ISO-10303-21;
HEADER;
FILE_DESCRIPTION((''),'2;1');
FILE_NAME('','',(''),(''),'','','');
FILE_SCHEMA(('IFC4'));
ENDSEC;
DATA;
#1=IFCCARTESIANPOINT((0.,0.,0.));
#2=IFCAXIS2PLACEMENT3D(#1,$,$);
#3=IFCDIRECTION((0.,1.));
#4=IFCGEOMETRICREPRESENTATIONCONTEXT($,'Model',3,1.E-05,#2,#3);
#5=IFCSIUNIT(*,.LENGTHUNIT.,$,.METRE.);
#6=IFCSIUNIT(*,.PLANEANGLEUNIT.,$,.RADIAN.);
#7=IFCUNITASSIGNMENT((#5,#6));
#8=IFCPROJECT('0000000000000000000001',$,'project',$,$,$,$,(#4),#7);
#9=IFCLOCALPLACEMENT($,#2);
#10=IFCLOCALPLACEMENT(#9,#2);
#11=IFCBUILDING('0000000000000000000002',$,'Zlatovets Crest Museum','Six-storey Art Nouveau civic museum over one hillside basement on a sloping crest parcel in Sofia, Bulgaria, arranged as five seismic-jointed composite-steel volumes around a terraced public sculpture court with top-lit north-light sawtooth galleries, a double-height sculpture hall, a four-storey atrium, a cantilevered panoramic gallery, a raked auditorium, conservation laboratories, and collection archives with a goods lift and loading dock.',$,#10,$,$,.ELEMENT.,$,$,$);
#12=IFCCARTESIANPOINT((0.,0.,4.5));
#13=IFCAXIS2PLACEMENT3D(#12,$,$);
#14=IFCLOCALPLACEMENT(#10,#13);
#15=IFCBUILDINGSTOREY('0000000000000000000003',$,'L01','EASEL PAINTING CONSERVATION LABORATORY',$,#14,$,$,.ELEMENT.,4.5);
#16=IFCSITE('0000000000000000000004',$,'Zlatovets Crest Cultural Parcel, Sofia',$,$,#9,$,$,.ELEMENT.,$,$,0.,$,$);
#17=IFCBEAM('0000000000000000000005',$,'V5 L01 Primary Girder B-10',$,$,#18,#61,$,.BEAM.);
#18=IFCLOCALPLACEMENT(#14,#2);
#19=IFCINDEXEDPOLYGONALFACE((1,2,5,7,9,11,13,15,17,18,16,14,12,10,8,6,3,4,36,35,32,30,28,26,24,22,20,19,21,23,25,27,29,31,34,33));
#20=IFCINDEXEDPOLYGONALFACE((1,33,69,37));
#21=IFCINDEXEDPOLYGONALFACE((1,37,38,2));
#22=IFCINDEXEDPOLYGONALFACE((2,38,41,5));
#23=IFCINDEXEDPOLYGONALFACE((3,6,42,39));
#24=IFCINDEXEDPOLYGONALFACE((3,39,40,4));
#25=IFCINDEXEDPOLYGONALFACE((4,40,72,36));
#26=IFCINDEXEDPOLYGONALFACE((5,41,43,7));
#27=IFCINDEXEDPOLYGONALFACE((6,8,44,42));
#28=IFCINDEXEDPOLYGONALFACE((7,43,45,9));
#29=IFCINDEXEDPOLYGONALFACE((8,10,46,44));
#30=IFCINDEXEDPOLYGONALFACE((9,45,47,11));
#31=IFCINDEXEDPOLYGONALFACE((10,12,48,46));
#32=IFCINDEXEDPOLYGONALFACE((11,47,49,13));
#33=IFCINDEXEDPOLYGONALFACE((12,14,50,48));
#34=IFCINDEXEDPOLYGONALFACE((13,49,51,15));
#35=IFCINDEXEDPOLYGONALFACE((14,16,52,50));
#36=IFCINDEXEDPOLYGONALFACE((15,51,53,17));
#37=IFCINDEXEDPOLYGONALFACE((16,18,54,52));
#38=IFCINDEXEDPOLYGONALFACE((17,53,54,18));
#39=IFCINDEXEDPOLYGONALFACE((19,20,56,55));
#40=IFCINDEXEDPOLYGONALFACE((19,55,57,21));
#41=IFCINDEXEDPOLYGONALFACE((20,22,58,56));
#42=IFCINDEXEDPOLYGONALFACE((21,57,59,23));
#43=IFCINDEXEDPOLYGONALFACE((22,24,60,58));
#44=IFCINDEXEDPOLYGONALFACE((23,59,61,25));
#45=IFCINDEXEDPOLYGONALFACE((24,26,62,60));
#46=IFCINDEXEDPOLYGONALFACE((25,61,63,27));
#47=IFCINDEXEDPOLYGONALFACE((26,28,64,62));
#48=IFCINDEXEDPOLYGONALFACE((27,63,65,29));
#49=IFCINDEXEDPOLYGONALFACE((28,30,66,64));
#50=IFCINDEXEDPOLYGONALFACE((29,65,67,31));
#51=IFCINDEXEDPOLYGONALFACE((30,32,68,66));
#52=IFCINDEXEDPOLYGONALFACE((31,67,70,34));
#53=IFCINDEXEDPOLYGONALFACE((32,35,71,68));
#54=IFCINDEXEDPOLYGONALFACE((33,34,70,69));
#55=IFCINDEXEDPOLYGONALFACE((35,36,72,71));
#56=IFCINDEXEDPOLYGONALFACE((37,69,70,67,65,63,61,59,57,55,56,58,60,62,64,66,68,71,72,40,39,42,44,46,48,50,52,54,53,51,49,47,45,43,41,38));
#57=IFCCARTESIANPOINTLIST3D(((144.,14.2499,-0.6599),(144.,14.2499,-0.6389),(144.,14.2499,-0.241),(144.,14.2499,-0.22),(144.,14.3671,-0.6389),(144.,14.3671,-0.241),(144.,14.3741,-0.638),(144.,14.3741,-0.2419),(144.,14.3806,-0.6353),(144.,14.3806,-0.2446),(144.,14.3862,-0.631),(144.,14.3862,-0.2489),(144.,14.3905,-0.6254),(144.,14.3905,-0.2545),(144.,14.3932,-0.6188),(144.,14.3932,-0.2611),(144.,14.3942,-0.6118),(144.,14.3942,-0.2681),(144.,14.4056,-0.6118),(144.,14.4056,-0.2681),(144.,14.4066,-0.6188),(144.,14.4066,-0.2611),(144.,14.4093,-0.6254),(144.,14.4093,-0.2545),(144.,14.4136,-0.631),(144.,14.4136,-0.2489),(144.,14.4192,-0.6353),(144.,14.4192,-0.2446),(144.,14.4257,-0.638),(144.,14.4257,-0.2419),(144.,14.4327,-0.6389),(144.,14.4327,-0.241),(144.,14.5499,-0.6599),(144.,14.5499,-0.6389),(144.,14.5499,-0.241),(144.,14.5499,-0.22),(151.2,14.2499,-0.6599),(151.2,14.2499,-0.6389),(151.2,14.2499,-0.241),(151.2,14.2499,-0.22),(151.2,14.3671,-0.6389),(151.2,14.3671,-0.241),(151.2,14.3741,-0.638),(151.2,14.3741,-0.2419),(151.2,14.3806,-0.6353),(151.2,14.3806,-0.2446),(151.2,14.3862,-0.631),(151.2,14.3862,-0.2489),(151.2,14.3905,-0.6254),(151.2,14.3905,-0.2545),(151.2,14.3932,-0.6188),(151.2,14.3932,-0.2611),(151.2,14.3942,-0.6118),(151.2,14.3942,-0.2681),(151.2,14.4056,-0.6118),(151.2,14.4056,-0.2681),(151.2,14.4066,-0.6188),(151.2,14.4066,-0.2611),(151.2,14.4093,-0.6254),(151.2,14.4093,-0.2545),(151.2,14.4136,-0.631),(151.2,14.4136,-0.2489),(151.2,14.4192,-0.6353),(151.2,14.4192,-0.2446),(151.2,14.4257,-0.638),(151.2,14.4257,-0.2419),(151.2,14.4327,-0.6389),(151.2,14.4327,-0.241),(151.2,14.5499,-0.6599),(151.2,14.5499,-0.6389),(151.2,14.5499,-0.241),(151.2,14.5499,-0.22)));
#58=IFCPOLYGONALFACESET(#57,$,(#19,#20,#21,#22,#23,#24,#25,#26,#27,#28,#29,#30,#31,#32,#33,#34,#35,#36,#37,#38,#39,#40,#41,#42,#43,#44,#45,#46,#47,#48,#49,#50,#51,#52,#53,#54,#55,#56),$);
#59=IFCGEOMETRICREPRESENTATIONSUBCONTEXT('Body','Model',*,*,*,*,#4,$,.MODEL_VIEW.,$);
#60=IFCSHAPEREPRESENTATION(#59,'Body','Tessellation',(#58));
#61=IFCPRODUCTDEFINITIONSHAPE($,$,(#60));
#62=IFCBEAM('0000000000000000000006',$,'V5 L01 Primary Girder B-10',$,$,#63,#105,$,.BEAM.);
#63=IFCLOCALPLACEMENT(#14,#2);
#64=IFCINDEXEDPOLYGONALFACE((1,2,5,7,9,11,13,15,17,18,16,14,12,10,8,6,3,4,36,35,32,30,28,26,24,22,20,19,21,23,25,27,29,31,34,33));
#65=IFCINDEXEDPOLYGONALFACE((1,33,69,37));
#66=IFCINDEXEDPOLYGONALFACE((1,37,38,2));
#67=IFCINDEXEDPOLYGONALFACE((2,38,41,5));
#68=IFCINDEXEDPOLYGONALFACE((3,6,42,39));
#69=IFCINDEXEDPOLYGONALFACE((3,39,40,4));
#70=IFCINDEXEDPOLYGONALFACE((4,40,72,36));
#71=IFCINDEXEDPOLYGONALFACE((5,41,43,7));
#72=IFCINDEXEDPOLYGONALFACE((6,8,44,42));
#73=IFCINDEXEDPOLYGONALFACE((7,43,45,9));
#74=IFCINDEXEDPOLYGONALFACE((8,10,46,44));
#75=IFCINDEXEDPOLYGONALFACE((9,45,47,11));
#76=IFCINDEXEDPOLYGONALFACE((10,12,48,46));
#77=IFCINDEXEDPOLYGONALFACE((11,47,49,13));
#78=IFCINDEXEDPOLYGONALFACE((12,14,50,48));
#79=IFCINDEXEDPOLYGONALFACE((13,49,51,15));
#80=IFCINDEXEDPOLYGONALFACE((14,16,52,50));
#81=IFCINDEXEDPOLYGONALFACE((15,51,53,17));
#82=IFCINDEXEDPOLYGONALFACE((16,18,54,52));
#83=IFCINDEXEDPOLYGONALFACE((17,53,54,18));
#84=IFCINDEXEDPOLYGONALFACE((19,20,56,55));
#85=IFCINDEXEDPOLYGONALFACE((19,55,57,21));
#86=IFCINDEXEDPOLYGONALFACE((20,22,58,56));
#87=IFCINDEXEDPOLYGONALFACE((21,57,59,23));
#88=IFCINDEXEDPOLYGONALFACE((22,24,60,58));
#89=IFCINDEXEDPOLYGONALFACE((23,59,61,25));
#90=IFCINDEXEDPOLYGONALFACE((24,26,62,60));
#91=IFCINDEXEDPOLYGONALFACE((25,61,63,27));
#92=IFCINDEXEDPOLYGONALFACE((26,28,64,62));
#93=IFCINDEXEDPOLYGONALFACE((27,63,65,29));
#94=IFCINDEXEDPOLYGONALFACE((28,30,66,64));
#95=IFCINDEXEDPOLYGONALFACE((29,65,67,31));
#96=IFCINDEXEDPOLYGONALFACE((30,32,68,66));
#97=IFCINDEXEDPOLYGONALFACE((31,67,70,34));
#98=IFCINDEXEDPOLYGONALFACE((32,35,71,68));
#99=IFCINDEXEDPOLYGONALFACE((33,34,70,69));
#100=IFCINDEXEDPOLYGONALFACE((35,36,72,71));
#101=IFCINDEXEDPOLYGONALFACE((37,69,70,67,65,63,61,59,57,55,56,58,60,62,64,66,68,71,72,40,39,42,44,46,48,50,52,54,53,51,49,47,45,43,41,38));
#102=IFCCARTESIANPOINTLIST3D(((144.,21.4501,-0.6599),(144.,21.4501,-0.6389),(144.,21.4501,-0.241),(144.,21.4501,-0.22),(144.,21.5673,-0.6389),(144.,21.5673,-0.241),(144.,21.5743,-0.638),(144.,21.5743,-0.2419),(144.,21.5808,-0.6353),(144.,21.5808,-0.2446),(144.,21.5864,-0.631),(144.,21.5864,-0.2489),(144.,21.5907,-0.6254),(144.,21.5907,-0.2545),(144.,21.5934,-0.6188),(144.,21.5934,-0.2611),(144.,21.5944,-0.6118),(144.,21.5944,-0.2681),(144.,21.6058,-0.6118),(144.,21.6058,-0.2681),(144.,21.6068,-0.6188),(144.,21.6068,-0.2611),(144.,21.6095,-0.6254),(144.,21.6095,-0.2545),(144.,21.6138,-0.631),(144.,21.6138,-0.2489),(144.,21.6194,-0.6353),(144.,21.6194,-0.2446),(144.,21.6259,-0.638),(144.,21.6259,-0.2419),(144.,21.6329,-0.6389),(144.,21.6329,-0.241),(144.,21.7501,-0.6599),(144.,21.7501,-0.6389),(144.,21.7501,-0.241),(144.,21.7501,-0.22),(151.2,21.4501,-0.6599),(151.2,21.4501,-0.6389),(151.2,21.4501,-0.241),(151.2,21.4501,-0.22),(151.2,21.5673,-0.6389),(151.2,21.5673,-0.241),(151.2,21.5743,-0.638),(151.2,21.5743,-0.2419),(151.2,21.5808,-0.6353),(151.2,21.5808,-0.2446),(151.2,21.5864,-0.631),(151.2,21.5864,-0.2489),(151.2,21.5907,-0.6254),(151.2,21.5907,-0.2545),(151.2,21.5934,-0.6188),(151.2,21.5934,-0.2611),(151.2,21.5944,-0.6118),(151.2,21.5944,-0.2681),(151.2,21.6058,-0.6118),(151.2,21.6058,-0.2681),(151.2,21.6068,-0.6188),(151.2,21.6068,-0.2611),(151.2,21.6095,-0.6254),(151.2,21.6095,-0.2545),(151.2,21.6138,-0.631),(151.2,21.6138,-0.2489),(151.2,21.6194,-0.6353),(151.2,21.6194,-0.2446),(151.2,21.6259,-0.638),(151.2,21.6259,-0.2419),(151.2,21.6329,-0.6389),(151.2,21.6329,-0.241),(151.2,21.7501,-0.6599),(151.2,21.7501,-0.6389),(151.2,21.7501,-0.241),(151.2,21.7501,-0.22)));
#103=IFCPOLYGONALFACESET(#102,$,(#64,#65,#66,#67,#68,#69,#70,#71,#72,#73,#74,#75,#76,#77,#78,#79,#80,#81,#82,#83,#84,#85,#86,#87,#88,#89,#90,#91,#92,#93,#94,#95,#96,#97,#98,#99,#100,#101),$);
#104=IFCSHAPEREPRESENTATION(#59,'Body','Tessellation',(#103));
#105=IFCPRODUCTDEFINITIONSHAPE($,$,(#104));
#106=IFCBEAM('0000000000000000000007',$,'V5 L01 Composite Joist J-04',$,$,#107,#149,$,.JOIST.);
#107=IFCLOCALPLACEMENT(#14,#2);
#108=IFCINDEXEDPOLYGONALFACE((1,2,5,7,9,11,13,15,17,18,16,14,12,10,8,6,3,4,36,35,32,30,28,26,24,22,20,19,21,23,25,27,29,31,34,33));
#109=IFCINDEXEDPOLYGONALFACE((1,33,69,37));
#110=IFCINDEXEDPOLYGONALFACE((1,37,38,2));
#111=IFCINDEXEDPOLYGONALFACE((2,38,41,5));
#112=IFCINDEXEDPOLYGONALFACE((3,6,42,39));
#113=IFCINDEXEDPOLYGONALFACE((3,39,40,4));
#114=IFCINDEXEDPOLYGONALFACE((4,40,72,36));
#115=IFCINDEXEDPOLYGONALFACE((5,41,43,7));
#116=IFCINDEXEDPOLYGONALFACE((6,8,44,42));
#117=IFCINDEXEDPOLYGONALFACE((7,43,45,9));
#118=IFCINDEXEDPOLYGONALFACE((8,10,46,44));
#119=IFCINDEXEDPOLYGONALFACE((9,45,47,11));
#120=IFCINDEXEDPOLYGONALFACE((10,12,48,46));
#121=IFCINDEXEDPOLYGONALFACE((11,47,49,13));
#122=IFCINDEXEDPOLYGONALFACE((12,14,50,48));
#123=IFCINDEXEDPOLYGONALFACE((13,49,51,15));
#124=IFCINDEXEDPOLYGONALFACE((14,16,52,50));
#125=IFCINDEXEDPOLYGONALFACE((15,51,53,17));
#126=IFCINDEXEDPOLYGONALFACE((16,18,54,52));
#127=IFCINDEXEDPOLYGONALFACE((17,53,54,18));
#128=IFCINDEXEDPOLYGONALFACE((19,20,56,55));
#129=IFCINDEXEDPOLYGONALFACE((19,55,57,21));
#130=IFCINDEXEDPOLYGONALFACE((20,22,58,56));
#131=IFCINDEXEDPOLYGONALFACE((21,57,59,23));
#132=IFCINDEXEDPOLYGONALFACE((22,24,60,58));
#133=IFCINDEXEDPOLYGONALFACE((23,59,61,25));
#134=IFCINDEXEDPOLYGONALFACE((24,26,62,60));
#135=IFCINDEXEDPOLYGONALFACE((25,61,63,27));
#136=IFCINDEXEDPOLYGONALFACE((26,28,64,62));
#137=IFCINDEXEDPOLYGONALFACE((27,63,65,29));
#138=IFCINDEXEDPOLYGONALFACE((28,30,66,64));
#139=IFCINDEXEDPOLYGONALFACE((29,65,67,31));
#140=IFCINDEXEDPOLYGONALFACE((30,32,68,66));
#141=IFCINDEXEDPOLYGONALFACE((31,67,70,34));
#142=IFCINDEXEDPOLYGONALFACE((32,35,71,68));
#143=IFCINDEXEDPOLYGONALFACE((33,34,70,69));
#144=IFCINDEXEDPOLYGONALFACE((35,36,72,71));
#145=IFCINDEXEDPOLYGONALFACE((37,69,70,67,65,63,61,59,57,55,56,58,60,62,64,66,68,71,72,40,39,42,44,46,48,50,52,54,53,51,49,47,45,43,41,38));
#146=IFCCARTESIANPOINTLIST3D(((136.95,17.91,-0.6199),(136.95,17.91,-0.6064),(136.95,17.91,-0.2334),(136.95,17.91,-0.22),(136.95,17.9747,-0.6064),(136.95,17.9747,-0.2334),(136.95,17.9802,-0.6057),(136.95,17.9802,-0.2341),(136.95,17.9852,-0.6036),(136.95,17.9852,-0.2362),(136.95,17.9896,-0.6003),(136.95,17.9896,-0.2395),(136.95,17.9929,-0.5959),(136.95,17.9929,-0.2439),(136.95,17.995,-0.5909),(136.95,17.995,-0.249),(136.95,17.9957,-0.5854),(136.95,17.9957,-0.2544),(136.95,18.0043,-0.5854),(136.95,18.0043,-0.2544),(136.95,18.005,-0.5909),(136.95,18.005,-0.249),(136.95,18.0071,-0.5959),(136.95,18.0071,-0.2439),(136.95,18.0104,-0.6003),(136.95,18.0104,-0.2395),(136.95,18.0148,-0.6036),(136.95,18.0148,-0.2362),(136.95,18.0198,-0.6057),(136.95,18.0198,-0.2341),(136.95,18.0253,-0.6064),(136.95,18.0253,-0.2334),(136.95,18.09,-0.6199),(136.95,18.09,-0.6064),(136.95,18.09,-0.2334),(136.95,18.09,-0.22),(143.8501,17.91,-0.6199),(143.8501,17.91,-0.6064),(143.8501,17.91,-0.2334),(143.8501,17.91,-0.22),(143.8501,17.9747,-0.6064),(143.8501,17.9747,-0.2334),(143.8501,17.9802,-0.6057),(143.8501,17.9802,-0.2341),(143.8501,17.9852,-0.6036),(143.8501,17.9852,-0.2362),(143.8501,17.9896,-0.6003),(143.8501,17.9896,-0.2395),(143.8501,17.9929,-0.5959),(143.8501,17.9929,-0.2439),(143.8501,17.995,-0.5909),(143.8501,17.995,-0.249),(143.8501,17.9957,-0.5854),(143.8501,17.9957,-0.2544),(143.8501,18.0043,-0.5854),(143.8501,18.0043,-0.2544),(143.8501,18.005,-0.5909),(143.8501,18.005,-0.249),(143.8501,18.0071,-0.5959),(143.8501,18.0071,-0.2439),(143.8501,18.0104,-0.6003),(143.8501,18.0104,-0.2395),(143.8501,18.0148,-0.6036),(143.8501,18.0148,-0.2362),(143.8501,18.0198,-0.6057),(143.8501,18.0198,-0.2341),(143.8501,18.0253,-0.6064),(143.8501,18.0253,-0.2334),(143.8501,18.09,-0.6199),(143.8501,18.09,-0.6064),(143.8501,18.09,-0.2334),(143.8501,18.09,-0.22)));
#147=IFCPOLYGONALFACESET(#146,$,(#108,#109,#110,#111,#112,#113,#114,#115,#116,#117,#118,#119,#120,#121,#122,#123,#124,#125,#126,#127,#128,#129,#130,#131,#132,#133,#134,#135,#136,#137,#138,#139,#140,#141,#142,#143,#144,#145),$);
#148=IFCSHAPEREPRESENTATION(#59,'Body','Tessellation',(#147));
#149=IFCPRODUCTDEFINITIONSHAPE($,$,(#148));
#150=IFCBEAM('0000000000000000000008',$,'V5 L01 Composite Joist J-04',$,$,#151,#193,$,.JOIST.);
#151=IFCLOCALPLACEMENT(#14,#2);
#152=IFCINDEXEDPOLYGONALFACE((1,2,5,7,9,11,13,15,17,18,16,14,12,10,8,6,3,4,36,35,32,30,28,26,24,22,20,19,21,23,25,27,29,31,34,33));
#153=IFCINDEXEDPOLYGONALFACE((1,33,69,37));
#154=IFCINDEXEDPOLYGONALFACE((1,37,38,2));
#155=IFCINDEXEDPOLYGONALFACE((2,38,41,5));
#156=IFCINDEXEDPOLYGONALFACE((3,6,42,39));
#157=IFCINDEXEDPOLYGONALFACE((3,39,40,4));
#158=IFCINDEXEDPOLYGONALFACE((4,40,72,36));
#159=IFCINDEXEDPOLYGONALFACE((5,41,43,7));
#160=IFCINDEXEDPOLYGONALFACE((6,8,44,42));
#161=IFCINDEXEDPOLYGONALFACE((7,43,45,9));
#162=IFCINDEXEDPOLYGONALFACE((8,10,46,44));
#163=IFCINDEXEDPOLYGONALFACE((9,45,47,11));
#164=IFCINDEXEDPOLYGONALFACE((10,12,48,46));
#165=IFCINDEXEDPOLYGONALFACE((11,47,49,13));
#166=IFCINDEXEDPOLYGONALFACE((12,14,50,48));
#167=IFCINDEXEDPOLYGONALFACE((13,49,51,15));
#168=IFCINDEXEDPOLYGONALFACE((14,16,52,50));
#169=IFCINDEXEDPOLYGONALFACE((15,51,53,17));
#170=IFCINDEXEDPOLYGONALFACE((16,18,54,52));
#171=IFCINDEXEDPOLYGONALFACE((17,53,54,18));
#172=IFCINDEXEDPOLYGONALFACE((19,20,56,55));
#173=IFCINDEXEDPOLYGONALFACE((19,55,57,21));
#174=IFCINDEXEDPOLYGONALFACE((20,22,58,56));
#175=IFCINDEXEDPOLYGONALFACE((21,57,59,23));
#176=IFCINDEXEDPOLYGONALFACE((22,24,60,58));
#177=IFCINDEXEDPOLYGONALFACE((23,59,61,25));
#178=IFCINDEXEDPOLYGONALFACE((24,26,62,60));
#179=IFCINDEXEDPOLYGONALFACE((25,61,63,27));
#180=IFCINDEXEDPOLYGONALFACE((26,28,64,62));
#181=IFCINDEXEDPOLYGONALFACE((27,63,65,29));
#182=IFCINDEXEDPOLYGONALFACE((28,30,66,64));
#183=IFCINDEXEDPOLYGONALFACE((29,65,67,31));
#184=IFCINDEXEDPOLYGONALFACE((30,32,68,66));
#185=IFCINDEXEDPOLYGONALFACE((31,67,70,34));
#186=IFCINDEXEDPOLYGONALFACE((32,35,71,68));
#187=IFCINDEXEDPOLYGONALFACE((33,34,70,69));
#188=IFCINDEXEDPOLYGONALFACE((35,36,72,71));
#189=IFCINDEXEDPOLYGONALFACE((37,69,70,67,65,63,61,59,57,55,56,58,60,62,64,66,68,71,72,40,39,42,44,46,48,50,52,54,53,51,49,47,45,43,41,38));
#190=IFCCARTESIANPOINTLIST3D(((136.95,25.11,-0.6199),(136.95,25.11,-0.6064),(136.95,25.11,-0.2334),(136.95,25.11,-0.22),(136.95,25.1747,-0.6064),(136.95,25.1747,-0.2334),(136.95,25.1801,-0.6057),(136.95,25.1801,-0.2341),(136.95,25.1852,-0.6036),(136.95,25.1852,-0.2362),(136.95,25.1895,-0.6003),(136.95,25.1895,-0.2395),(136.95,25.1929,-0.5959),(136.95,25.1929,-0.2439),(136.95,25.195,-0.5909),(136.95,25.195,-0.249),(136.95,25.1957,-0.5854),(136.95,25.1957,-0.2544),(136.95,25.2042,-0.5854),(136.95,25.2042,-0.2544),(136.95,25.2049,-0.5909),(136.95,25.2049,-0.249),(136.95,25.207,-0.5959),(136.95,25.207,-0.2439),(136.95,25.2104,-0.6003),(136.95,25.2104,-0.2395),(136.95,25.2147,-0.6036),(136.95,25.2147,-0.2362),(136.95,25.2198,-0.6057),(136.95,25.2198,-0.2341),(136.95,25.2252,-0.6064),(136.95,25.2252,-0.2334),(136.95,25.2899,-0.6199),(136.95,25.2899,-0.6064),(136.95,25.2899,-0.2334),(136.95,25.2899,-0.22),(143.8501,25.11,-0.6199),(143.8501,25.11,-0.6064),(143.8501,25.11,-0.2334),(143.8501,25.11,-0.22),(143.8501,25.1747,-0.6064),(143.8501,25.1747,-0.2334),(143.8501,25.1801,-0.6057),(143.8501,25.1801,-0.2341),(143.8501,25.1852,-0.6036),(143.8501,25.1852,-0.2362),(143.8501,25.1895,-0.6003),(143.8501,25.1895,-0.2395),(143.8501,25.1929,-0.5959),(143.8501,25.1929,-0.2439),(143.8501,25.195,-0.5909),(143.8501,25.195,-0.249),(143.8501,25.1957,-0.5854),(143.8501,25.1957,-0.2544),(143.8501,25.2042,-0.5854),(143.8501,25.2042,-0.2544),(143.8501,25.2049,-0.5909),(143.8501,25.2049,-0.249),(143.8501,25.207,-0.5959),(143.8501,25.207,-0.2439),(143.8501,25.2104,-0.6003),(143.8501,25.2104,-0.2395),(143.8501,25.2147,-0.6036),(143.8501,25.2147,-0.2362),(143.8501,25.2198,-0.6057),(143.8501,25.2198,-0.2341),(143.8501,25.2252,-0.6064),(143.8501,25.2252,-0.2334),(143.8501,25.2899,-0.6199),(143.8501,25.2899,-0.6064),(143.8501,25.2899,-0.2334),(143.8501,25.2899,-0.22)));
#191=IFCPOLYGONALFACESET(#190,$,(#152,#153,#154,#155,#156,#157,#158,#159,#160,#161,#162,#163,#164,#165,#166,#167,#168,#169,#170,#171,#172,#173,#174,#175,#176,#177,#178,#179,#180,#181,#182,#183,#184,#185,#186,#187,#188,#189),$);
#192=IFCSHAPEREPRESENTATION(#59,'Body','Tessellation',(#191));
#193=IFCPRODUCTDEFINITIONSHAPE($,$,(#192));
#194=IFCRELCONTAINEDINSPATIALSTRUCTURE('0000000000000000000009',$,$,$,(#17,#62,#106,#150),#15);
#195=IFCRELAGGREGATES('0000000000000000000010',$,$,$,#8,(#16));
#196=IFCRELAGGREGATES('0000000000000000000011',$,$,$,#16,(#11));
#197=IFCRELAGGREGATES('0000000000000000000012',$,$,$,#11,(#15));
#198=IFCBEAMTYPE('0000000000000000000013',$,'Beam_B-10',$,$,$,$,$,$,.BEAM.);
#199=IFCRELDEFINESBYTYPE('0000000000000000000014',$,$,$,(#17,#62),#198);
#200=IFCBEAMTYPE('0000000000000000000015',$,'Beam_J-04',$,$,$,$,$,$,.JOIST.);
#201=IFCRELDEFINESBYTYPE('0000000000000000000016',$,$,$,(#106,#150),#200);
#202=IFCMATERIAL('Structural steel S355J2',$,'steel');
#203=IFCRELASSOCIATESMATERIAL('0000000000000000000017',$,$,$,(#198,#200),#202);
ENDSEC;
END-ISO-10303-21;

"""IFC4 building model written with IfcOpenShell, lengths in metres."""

from ifc_helpers import new_model, si_unit, direction, frame, origin, origin_2d, place, context, subcontext, project, spatial, i_section, extrude, material, material_profile, profile_set, type_object, element, save


model = new_model("IFC4")

# Units and contexts
model_context = context("Model", 3, precision=1e-05, world=origin(), true_north=direction((0.0, 1.0)))
body_context = subcontext(model_context, "Body", "Model", "MODEL_VIEW")
ifc_project = project(units=[si_unit("LENGTHUNIT", "METRE"), si_unit("PLANEANGLEUNIT", "RADIAN")], contexts=[model_context])

# Site, building, storey
site_placement = place(None, origin())
site = spatial("IfcSite", under=ifc_project, at=site_placement, Name="Zlatovets Crest Cultural Parcel, Sofia", CompositionType="ELEMENT", RefElevation=0.0)
building_placement = place(site_placement, origin())
building = spatial("IfcBuilding", under=site, at=building_placement, Name="Zlatovets Crest Museum", Description="Six-storey Art Nouveau civic museum over one hillside basement on a sloping crest parcel in Sofia, Bulgaria, arranged as five seismic-jointed composite-steel volumes around a terraced public sculpture court with top-lit north-light sawtooth galleries, a double-height sculpture hall, a four-storey atrium, a cantilevered panoramic gallery, a raked auditorium, conservation laboratories, and collection archives with a goods lift and loading dock.", CompositionType="ELEMENT")
storey_placement = place(building_placement, frame((0.0, 0.0, 4.5)))
storey = spatial("IfcBuildingStorey", under=building, at=storey_placement, Name="L01", Description="EASEL PAINTING CONSERVATION LABORATORY", CompositionType="ELEMENT", Elevation=4.5)

# Shared definitions
ifc_material_1 = material(Name="Structural steel S355J2", Category="steel")

# Beams
ifc_material_profile_1 = material_profile(ifc_material_1, i_section(OverallWidth=0.3, OverallDepth=0.4399, WebThickness=0.0115, FlangeThickness=0.021, FilletRadius=0.0271, at=origin_2d()), Name="HEA 450")
ifc_profile_set_1 = profile_set([ifc_material_profile_1], Name="Structural steel S355J2")
beam_type_1 = type_object("IfcBeamType", Name="Beam_B-10", PredefinedType="BEAM", material=ifc_profile_set_1)
for number, where, z_axis, x_axis, name in (
    (1, (144.0, 14.3999, -0.4399), (1.0, 0.0, 0.0), (0.0, 1.0, 0.0), "V5 L01 Primary Girder B-10"),
    (2, (144.0, 21.6001, -0.4399), (1.0, 0.0, 0.0), (0.0, 1.0, 0.0), "V5 L01 Primary Girder B-10"),
):
    element("IfcBeam", number, at=place(storey_placement, frame(where, z_axis=z_axis, x_axis=x_axis)), inside=storey, type_object=beam_type_1, Name=name, PredefinedType="BEAM", context=body_context, shape_type="SweptSolid", body=[
        extrude(i_section(OverallWidth=0.3, OverallDepth=0.4399, WebThickness=0.0115, FlangeThickness=0.021, FilletRadius=0.0271, at=origin_2d()), origin(), (0.0, 0.0, 1.0), 7.2),
    ])
ifc_material_profile_2 = material_profile(ifc_material_1, i_section(OverallWidth=0.1799, OverallDepth=0.3999, WebThickness=0.0085, FlangeThickness=0.0134, FilletRadius=0.021, at=origin_2d()), Name="IPE 400")
ifc_profile_set_2 = profile_set([ifc_material_profile_2], Name="Structural steel S355J2")
beam_type_2 = type_object("IfcBeamType", Name="Beam_J-04", PredefinedType="JOIST", material=ifc_profile_set_2)
for number, where, z_axis, x_axis, name in (
    (3, (136.95, 18.0, -0.4199), (1.0, 0.0, 0.0), (0.0, 1.0, 0.0), "V5 L01 Composite Joist J-04"),
    (4, (136.95, 25.2, -0.4199), (1.0, 0.0, 0.0), (0.0, 1.0, 0.0), "V5 L01 Composite Joist J-04"),
):
    element("IfcBeam", number, at=place(storey_placement, frame(where, z_axis=z_axis, x_axis=x_axis)), inside=storey, type_object=beam_type_2, Name=name, PredefinedType="JOIST", context=body_context, shape_type="SweptSolid", body=[
        extrude(i_section(OverallWidth=0.1799, OverallDepth=0.3999, WebThickness=0.0085, FlangeThickness=0.0134, FilletRadius=0.021, at=origin_2d()), origin(), (0.0, 0.0, 1.0), 6.9001),
    ])

save(model, "model.ifc")
